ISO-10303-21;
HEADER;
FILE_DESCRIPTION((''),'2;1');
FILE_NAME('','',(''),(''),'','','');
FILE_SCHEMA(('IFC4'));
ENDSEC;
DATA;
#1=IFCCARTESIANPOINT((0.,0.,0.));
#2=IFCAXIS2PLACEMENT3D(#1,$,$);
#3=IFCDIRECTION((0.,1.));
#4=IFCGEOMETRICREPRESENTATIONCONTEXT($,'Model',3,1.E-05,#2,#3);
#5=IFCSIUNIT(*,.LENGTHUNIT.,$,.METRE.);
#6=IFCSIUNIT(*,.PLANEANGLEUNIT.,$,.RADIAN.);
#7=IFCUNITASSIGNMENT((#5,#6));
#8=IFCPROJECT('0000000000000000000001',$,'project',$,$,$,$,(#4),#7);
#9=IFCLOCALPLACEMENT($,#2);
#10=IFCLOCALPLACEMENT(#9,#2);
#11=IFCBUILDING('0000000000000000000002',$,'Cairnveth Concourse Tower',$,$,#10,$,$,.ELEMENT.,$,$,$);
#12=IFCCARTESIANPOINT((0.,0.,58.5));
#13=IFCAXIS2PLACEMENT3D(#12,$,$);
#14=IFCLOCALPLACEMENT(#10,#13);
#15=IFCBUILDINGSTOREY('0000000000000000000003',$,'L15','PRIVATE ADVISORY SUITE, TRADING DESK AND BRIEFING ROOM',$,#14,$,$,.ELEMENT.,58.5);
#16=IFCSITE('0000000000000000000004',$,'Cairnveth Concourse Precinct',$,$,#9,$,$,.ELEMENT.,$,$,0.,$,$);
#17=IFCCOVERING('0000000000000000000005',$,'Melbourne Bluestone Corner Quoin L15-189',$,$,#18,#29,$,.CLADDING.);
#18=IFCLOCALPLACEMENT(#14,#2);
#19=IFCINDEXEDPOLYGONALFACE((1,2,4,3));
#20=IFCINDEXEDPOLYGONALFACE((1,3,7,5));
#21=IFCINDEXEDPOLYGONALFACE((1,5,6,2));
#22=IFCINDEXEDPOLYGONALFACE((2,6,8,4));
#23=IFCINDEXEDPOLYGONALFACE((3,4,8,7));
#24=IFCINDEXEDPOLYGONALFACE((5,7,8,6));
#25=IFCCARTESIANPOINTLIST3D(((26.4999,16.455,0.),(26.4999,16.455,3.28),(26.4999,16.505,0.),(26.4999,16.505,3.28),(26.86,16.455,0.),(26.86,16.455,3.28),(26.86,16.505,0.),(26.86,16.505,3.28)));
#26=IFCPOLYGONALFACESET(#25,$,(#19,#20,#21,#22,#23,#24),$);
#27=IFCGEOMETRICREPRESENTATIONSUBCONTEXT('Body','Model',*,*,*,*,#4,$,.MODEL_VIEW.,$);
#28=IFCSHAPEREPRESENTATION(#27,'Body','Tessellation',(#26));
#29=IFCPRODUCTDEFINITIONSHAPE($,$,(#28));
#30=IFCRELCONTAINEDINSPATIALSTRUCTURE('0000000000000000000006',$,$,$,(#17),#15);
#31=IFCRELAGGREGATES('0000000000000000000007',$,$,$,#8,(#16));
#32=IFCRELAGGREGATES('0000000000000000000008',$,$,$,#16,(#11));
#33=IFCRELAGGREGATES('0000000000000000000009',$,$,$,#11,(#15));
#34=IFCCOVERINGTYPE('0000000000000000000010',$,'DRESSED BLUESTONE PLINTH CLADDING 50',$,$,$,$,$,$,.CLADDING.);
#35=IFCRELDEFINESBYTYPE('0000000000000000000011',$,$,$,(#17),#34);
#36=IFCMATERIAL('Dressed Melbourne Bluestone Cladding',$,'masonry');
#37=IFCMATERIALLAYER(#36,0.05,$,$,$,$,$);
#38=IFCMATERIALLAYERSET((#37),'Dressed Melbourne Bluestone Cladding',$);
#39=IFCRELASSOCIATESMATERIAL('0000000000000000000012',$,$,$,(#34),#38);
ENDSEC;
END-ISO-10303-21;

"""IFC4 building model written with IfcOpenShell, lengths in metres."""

from ifc_helpers import new_model, si_unit, direction, frame, frame_2d, origin, place, context, subcontext, project, spatial, rectangle, extrude, material, layer, layer_set, type_object, element, save


model = new_model("IFC4")

# Units and contexts
model_context = context("Model", 3, precision=1e-05, world=origin(), true_north=direction((0.0, 1.0)))
body_context = subcontext(model_context, "Body", "Model", "MODEL_VIEW")
ifc_project = project(units=[si_unit("LENGTHUNIT", "METRE"), si_unit("PLANEANGLEUNIT", "RADIAN")], contexts=[model_context])

# Site, building, storey
site_placement = place(None, origin())
site = spatial("IfcSite", under=ifc_project, at=site_placement, Name="Cairnveth Concourse Precinct", CompositionType="ELEMENT", RefElevation=0.0)
building_placement = place(site_placement, origin())
building = spatial("IfcBuilding", under=site, at=building_placement, Name="Cairnveth Concourse Tower", CompositionType="ELEMENT")
storey_placement = place(building_placement, frame((0.0, 0.0, 58.5)))
storey = spatial("IfcBuildingStorey", under=building, at=storey_placement, Name="L15", Description="PRIVATE ADVISORY SUITE, TRADING DESK AND BRIEFING ROOM", CompositionType="ELEMENT", Elevation=58.5)

# Covering
ifc_material_1 = material(Name="Dressed Melbourne Bluestone Cladding", Category="masonry")
ifc_layer_1 = layer(ifc_material_1, 0.05)
ifc_layer_set_1 = layer_set([ifc_layer_1], Name="Dressed Melbourne Bluestone Cladding")
covering_type = type_object("IfcCoveringType", Name="DRESSED BLUESTONE PLINTH CLADDING 50", PredefinedType="CLADDING", material=ifc_layer_set_1)
for number, where, z_axis, x_axis, name in (
    (1, (26.8601, 16.48, 0.0), (0.0, 0.0, 1.0), (-1.0, 0.0, 0.0), "Melbourne Bluestone Corner Quoin L15-189"),
):
    element("IfcCovering", number, at=place(storey_placement, frame(where, z_axis=z_axis, x_axis=x_axis)), inside=storey, type_object=covering_type, Name=name, PredefinedType="CLADDING", context=body_context, shape_type="SweptSolid", body=[
        extrude(rectangle(XDim=0.3601, YDim=0.05, at=frame_2d((0.1802, 0.0))), origin(), (0.0, 0.0, 1.0), 3.28),
    ])

save(model, "model.ifc")
